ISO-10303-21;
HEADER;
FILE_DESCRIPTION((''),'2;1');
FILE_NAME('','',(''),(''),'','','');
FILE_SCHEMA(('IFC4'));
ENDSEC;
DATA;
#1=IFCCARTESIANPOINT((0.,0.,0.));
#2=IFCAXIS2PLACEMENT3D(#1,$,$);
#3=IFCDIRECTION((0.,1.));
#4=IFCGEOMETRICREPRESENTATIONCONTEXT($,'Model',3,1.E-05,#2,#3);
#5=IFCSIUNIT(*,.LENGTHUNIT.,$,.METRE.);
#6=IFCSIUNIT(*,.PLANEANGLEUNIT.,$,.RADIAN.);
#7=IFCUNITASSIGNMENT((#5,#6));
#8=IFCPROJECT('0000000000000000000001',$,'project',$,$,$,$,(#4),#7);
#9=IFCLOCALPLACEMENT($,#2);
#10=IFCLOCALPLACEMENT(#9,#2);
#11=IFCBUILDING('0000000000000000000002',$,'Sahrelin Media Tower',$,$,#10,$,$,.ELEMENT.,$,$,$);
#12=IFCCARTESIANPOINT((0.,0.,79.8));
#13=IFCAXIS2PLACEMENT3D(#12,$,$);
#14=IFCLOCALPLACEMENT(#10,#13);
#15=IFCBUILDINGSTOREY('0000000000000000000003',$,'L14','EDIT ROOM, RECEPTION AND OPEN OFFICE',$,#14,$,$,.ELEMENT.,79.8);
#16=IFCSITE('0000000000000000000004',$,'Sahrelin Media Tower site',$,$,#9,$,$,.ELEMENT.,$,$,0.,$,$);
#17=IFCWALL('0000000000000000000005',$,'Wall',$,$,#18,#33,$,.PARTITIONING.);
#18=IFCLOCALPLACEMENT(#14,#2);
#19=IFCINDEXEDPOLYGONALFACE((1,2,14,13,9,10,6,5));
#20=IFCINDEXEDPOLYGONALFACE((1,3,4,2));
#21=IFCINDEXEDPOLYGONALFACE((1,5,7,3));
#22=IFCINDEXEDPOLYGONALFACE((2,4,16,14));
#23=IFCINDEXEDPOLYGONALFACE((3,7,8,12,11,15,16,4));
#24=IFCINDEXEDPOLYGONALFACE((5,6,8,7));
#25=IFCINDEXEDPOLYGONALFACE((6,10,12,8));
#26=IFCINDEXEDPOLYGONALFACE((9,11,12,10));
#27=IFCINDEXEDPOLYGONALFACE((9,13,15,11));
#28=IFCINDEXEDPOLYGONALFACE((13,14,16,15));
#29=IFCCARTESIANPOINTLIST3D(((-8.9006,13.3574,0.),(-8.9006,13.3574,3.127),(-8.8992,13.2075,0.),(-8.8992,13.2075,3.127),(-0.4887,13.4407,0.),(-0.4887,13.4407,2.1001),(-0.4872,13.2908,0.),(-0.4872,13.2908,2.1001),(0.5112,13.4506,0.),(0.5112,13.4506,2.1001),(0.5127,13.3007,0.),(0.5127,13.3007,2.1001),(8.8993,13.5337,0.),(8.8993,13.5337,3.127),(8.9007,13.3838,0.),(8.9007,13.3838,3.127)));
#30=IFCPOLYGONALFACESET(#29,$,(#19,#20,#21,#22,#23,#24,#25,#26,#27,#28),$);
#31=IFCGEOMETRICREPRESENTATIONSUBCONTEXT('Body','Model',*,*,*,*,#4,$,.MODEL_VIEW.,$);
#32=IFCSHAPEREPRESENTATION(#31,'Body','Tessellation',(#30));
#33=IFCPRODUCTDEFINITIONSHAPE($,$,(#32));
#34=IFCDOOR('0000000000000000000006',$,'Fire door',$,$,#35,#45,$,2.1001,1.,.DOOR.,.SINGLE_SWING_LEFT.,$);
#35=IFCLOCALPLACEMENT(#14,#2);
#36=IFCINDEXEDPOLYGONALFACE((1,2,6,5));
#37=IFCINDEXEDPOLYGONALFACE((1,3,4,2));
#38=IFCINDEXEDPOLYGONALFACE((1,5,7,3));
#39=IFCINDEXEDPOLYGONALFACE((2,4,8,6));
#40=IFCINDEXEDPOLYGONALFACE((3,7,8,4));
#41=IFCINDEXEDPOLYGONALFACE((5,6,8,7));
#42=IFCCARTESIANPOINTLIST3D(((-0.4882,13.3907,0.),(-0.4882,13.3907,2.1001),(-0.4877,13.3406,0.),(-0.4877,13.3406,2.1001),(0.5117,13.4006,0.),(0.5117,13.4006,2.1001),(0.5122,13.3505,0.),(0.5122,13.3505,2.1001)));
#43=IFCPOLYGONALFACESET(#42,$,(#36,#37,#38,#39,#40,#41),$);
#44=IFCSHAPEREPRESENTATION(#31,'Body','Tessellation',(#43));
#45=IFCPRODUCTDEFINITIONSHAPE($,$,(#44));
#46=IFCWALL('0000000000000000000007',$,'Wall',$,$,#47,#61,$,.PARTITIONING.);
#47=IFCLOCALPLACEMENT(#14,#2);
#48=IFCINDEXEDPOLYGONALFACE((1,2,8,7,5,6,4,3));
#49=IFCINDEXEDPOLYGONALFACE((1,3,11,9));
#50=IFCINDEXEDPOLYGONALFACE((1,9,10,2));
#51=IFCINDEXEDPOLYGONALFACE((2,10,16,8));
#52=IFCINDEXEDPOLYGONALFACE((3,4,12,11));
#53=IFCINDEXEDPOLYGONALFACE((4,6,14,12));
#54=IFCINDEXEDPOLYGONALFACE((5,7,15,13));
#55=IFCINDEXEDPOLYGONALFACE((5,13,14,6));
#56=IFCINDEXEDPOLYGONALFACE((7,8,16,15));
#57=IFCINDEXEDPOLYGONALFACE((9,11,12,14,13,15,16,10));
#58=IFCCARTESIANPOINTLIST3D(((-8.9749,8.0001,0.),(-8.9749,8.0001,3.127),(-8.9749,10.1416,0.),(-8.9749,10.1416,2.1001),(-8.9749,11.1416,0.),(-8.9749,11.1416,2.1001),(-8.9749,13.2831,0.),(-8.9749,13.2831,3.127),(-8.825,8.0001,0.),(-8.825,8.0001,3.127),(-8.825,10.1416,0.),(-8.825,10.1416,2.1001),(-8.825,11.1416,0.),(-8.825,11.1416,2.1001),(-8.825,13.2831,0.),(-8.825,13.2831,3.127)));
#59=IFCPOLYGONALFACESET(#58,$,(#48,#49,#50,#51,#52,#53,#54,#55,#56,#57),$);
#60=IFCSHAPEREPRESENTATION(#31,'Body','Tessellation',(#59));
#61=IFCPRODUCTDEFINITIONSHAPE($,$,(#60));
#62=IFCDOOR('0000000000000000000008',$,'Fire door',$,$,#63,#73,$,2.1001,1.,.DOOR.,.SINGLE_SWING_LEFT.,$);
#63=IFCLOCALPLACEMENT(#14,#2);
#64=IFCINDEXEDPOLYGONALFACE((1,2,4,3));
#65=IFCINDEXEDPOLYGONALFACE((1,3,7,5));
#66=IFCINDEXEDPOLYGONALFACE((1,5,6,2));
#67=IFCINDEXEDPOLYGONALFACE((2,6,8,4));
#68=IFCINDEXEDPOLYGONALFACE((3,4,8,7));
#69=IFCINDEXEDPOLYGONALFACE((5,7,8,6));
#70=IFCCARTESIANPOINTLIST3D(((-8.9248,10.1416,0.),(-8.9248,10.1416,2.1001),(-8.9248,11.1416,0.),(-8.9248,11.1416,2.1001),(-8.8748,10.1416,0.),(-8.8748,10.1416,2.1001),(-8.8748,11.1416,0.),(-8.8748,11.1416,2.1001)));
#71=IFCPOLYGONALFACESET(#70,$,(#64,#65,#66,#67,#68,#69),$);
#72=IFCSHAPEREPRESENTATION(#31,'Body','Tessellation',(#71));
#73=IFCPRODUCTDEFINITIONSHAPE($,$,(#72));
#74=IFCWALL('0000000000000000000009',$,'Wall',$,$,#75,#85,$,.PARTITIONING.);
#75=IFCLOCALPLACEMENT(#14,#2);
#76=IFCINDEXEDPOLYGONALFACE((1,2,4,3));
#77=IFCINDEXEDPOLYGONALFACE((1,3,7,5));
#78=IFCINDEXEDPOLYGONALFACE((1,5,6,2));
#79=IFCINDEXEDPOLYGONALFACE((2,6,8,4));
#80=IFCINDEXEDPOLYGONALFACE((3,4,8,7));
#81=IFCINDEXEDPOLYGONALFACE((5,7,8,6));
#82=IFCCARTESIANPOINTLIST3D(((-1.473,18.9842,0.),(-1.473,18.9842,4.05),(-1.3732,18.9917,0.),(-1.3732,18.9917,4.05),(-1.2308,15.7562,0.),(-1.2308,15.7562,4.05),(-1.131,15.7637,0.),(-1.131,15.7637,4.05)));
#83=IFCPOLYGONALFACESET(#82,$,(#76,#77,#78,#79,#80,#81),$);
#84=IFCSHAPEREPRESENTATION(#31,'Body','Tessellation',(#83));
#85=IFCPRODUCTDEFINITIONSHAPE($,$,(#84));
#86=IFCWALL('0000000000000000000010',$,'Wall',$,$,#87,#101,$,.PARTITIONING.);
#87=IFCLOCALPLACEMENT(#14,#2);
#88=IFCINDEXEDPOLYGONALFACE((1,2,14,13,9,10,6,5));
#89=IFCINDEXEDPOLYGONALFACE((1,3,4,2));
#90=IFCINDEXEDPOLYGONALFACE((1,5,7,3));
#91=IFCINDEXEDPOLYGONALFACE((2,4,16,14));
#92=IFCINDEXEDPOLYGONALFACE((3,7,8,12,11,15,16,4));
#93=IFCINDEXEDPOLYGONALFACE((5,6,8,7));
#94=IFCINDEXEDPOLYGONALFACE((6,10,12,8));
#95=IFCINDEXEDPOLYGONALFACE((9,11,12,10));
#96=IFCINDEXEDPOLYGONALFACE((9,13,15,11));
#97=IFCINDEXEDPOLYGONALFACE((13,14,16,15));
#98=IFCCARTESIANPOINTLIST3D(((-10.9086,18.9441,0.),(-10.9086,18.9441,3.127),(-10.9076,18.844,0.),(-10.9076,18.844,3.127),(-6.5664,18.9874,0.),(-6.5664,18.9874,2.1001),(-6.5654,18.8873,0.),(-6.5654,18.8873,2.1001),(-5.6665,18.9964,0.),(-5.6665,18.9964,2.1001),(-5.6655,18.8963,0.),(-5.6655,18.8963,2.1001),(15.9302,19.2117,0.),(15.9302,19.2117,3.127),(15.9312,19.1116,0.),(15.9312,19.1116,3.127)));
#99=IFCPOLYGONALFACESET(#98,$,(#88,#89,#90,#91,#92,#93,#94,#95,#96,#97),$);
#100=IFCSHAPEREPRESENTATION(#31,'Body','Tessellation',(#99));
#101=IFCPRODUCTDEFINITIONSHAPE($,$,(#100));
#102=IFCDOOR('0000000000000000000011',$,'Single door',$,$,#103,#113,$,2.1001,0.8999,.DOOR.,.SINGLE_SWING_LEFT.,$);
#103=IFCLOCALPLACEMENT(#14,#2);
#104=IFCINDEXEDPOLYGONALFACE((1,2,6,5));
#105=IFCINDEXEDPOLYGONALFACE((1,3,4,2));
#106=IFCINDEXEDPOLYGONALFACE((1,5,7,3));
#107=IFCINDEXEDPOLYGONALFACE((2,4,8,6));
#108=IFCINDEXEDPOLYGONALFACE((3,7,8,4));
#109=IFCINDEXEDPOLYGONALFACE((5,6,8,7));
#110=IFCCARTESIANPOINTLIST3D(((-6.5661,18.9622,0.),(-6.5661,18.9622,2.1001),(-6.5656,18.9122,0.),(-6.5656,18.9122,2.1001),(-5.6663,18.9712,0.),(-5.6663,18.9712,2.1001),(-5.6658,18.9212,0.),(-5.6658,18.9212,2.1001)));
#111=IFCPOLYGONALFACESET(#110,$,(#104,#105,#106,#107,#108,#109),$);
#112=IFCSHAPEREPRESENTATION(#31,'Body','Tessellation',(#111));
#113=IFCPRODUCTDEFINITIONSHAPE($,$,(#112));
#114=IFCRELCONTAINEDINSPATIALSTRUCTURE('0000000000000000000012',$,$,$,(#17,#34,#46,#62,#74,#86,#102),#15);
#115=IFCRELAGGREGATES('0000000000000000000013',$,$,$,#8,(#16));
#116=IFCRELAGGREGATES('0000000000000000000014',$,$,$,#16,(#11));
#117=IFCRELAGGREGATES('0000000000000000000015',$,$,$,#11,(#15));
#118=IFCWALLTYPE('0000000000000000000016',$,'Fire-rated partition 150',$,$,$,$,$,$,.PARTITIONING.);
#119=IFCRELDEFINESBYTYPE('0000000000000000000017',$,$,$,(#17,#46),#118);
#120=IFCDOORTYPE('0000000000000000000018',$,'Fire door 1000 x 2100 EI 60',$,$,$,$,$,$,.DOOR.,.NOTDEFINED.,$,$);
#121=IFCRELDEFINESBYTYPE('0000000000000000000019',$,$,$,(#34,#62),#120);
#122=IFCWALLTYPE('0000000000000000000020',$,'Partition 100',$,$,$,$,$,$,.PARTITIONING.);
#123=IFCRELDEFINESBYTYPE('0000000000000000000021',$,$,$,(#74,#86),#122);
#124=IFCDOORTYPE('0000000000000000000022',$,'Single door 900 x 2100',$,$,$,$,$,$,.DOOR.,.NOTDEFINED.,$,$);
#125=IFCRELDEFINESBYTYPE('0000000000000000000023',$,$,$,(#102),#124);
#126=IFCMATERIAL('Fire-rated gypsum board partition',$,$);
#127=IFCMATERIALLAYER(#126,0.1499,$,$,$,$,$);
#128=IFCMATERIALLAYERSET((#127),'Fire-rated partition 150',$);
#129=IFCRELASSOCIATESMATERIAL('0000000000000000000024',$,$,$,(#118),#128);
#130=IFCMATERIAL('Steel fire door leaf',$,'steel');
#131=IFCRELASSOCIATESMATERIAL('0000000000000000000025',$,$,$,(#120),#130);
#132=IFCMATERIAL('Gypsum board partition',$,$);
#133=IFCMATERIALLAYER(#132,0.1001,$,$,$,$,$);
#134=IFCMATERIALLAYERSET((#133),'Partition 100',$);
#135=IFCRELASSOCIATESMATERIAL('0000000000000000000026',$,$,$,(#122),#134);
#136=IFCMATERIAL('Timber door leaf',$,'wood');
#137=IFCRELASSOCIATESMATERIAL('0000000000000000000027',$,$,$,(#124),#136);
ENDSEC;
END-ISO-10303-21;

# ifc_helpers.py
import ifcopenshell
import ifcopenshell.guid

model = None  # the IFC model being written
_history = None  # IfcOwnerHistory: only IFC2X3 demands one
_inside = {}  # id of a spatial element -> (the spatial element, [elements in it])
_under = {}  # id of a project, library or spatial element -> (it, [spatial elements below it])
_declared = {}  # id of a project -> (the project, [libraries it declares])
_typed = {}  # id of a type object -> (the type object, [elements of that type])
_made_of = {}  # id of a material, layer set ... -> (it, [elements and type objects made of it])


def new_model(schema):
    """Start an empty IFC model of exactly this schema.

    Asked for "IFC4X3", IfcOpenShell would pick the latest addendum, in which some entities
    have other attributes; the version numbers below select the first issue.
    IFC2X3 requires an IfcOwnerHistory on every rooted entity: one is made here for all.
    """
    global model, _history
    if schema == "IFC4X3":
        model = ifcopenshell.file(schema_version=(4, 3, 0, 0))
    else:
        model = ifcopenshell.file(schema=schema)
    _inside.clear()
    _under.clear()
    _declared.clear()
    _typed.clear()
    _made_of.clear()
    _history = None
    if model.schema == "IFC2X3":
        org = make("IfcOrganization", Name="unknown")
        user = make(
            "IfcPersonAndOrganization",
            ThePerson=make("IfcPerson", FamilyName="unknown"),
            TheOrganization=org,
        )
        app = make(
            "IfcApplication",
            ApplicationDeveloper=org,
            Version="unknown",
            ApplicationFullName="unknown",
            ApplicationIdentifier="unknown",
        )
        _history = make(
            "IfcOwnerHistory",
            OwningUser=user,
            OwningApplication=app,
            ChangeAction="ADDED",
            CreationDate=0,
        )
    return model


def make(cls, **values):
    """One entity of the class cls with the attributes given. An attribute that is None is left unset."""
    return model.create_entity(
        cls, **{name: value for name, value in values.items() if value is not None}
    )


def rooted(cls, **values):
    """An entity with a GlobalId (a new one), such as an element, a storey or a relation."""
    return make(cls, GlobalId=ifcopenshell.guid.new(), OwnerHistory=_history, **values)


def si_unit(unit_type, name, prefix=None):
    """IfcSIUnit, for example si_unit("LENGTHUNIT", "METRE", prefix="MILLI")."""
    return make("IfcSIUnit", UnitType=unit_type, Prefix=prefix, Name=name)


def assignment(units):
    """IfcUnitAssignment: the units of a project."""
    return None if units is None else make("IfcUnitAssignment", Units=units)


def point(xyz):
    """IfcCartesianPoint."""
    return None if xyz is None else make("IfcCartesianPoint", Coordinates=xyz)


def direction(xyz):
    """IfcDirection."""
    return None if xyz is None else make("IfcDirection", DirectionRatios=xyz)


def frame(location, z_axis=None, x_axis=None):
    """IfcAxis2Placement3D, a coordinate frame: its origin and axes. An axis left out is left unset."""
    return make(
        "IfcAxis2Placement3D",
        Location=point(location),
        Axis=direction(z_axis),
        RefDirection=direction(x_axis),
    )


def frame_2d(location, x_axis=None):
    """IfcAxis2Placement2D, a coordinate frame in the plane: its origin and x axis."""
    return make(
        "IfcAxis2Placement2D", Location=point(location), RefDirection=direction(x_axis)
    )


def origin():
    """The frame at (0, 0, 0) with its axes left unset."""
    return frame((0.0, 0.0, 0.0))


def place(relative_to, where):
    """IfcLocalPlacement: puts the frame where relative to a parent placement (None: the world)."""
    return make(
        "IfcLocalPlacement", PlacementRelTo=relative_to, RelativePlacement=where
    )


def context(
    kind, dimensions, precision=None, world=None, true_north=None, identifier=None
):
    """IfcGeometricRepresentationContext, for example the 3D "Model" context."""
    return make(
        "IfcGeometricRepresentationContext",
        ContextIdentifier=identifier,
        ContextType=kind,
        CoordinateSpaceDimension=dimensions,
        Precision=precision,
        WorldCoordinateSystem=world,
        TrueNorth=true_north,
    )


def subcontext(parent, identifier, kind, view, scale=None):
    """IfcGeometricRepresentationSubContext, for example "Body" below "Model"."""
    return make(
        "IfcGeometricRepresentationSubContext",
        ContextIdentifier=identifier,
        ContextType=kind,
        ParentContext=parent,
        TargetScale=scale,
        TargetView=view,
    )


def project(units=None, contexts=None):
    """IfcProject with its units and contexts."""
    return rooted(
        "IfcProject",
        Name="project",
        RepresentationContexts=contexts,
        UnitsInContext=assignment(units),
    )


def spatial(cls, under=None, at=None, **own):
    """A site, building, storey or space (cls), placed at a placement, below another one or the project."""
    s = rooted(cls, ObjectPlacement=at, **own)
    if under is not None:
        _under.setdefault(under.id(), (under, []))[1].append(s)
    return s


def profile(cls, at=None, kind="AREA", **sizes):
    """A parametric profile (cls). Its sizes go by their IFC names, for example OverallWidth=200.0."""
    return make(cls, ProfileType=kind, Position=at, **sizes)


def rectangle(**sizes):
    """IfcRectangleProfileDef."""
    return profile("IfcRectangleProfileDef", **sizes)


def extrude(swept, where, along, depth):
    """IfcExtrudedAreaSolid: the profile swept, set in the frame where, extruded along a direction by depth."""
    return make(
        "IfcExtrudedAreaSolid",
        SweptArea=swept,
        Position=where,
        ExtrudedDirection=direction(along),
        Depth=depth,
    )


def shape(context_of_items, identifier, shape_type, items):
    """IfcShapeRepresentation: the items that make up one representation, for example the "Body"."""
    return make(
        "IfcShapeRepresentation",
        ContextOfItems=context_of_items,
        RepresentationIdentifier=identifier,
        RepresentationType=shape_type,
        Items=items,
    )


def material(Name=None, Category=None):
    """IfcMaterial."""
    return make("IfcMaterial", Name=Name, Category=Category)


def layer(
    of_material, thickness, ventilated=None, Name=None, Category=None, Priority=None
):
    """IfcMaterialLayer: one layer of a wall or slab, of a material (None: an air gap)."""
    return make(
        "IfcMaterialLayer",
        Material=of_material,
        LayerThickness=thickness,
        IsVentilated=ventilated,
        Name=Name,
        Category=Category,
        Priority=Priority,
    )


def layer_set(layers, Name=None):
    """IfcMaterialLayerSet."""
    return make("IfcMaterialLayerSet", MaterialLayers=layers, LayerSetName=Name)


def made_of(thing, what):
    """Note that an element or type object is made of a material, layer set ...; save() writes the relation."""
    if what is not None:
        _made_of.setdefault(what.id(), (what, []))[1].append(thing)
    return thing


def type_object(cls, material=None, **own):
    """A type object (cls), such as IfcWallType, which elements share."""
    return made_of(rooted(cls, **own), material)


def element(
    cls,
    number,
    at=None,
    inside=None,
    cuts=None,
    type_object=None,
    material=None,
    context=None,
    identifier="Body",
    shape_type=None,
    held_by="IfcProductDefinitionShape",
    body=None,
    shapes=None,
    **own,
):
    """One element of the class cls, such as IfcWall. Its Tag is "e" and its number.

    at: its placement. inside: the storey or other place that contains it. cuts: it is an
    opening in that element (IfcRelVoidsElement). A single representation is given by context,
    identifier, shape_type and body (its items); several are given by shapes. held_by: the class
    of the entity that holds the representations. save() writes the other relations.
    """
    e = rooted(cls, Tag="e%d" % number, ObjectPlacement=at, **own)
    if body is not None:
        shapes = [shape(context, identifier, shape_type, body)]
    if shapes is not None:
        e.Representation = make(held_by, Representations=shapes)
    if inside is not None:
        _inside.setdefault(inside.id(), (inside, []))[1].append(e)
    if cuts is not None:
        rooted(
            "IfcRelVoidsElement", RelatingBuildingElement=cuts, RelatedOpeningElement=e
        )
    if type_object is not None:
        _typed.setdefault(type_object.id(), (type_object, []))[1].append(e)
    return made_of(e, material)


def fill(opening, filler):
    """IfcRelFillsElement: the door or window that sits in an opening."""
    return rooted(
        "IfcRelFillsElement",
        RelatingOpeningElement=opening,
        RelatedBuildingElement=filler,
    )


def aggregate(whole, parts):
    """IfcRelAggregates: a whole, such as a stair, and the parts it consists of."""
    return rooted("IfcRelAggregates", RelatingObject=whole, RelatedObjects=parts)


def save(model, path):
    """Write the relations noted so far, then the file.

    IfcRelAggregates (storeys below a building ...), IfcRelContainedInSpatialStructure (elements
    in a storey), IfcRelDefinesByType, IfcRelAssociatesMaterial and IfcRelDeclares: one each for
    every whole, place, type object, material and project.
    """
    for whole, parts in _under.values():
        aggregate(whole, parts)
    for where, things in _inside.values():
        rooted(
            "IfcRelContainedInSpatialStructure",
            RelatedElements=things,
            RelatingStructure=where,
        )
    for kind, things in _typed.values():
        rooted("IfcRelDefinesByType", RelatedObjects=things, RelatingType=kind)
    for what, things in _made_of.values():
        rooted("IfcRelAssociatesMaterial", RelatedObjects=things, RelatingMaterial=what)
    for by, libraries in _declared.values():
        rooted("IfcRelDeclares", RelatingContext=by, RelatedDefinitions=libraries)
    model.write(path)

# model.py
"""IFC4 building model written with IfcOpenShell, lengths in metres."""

from ifc_helpers import new_model, si_unit, direction, frame, frame_2d, origin, place, context, subcontext, project, spatial, rectangle, extrude, material, layer, layer_set, type_object, element, fill, save


model = new_model("IFC4")

# Units and contexts
model_context = context("Model", 3, precision=1e-05, world=origin(), true_north=direction((0.0, 1.0)))
body_context = subcontext(model_context, "Body", "Model", "MODEL_VIEW")
ifc_project = project(units=[si_unit("LENGTHUNIT", "METRE"), si_unit("PLANEANGLEUNIT", "RADIAN")], contexts=[model_context])

# Site, building, storey
site_placement = place(None, origin())
site = spatial("IfcSite", under=ifc_project, at=site_placement, Name="Sahrelin Media Tower site", CompositionType="ELEMENT", RefElevation=0.0)
building_placement = place(site_placement, origin())
building = spatial("IfcBuilding", under=site, at=building_placement, Name="Sahrelin Media Tower", CompositionType="ELEMENT")
storey_placement = place(building_placement, frame((0.0, 0.0, 79.8)))
storey = spatial("IfcBuildingStorey", under=building, at=storey_placement, Name="L14", Description="EDIT ROOM, RECEPTION AND OPEN OFFICE", CompositionType="ELEMENT", Elevation=79.8)

# Shared definitions
ifc_material_1 = material(Name="Fire-rated gypsum board partition")
ifc_layer_1 = layer(ifc_material_1, 0.1499)
ifc_layer_set_1 = layer_set([ifc_layer_1], Name="Fire-rated partition 150")
wall_type_1 = type_object("IfcWallType", Name="Fire-rated partition 150", PredefinedType="PARTITIONING", material=ifc_layer_set_1)

# Walls, openings, doors
wall_1_placement = place(storey_placement, frame((-8.8999, 13.2825, 0.0), z_axis=(0.0, 0.0, 1.0), x_axis=(0.999951, 0.009902, 0.0)))
wall_1 = element("IfcWall", 1, at=wall_1_placement, inside=storey, type_object=wall_type_1, Name="Wall", PredefinedType="PARTITIONING", context=body_context, shape_type="SweptSolid", body=[
    extrude(rectangle(XDim=17.8008, YDim=0.1499, at=frame_2d((8.9004, 0.0))), origin(), (0.0, 0.0, 1.0), 3.127),
])
opening_1_placement = place(wall_1_placement, frame((8.4124, 0.0, 0.0)))
opening_1 = element("IfcOpeningElement", 2, at=opening_1_placement, cuts=wall_1, PredefinedType="OPENING", context=body_context, shape_type="SweptSolid", body=[
    extrude(rectangle(XDim=1.0, YDim=2.1001, at=frame_2d((0.5, 1.05))), frame((0.0, 0.075, 0.0), z_axis=(0.0, -1.0, 0.0), x_axis=(1.0, 0.0, 0.0)), (0.0, 0.0, 1.0), 0.1499),
])
ifc_material_2 = material(Name="Steel fire door leaf", Category="steel")
door_type_1 = type_object("IfcDoorType", Name="Fire door 1000 x 2100 EI 60", OperationType="NOTDEFINED", PredefinedType="DOOR", material=ifc_material_2)
door_1_placement = place(opening_1_placement, origin())
door_1 = element("IfcDoor", 3, at=door_1_placement, inside=storey, type_object=door_type_1, Name="Fire door", OperationType="SINGLE_SWING_LEFT", OverallHeight=2.1001, OverallWidth=1.0, PredefinedType="DOOR", context=body_context, shape_type="SweptSolid", body=[
    extrude(rectangle(XDim=1.0, YDim=2.1001, at=frame_2d((0.5, 1.05))), frame((0.0, 0.0249, 0.0), z_axis=(0.0, -1.0, 0.0), x_axis=(1.0, 0.0, 0.0)), (0.0, 0.0, 1.0), 0.05),
])
fill(opening_1, door_1)
wall_2_placement = place(storey_placement, frame((-8.8999, 8.0, 0.0), z_axis=(0.0, 0.0, 1.0), x_axis=(0.0, 1.0, 0.0)))
wall_2 = element("IfcWall", 4, at=wall_2_placement, inside=storey, type_object=wall_type_1, Name="Wall", PredefinedType="PARTITIONING", context=body_context, shape_type="SweptSolid", body=[
    extrude(rectangle(XDim=5.283, YDim=0.1499, at=frame_2d((2.6416, 0.0))), origin(), (0.0, 0.0, 1.0), 3.127),
])
opening_2_placement = place(wall_2_placement, frame((2.1416, 0.0, 0.0)))
opening_2 = element("IfcOpeningElement", 5, at=opening_2_placement, cuts=wall_2, PredefinedType="OPENING", context=body_context, shape_type="SweptSolid", body=[
    extrude(rectangle(XDim=1.0, YDim=2.1001, at=frame_2d((0.5, 1.05))), frame((0.0, 0.075, 0.0), z_axis=(0.0, -1.0, 0.0), x_axis=(1.0, 0.0, 0.0)), (0.0, 0.0, 1.0), 0.1499),
])
door_2_placement = place(opening_2_placement, origin())
door_2 = element("IfcDoor", 6, at=door_2_placement, inside=storey, type_object=door_type_1, Name="Fire door", OperationType="SINGLE_SWING_LEFT", OverallHeight=2.1001, OverallWidth=1.0, PredefinedType="DOOR", context=body_context, shape_type="SweptSolid", body=[
    extrude(rectangle(XDim=1.0, YDim=2.1001, at=frame_2d((0.5, 1.05))), frame((0.0, 0.0249, 0.0), z_axis=(0.0, -1.0, 0.0), x_axis=(1.0, 0.0, 0.0)), (0.0, 0.0, 1.0), 0.05),
])
fill(opening_2, door_2)

# Wall
ifc_material_3 = material(Name="Gypsum board partition")
ifc_layer_2 = layer(ifc_material_3, 0.1001)
ifc_layer_set_2 = layer_set([ifc_layer_2], Name="Partition 100")
wall_type_2 = type_object("IfcWallType", Name="Partition 100", PredefinedType="PARTITIONING", material=ifc_layer_set_2)
wall_3_placement = place(storey_placement, frame((-1.4231, 18.988, 0.0), z_axis=(0.0, 0.0, 1.0), x_axis=(0.074816, -0.997197, 0.0)))
element("IfcWall", 7, at=wall_3_placement, inside=storey, type_object=wall_type_2, Name="Wall", PredefinedType="PARTITIONING", context=body_context, shape_type="SweptSolid", body=[
    extrude(rectangle(XDim=3.2371, YDim=0.1001, at=frame_2d((1.6187, 0.0))), origin(), (0.0, 0.0, 1.0), 4.05),
])

# Wall, opening, door
wall_4_placement = place(storey_placement, frame((-10.908, 18.894, 0.0), z_axis=(0.0, 0.0, 1.0), x_axis=(0.99995, 0.009969, 0.0)))
wall_4 = element("IfcWall", 8, at=wall_4_placement, inside=storey, type_object=wall_type_2, Name="Wall", PredefinedType="PARTITIONING", context=body_context, shape_type="SweptSolid", body=[
    extrude(rectangle(XDim=26.8401, YDim=0.1001, at=frame_2d((13.4199, 0.0))), origin(), (0.0, 0.0, 1.0), 3.127),
])
opening_3_placement = place(wall_4_placement, frame((4.3423, 0.0, 0.0)))
opening_3 = element("IfcOpeningElement", 9, at=opening_3_placement, cuts=wall_4, PredefinedType="OPENING", context=body_context, shape_type="SweptSolid", body=[
    extrude(rectangle(XDim=0.8999, YDim=2.1001, at=frame_2d((0.45, 1.05))), frame((0.0, 0.05, 0.0), z_axis=(0.0, -1.0, 0.0), x_axis=(1.0, 0.0, 0.0)), (0.0, 0.0, 1.0), 0.1001),
])
ifc_material_4 = material(Name="Timber door leaf", Category="wood")
door_type_2 = type_object("IfcDoorType", Name="Single door 900 x 2100", OperationType="NOTDEFINED", PredefinedType="DOOR", material=ifc_material_4)
door_3_placement = place(opening_3_placement, origin())
door_3 = element("IfcDoor", 10, at=door_3_placement, inside=storey, type_object=door_type_2, Name="Single door", OperationType="SINGLE_SWING_LEFT", OverallHeight=2.1001, OverallWidth=0.8999, PredefinedType="DOOR", context=body_context, shape_type="SweptSolid", body=[
    extrude(rectangle(XDim=0.8999, YDim=2.1001, at=frame_2d((0.45, 1.05))), frame((0.0, 0.0249, 0.0), z_axis=(0.0, -1.0, 0.0), x_axis=(1.0, 0.0, 0.0)), (0.0, 0.0, 1.0), 0.05),
])
fill(opening_3, door_3)

save(model, "model.ifc")
